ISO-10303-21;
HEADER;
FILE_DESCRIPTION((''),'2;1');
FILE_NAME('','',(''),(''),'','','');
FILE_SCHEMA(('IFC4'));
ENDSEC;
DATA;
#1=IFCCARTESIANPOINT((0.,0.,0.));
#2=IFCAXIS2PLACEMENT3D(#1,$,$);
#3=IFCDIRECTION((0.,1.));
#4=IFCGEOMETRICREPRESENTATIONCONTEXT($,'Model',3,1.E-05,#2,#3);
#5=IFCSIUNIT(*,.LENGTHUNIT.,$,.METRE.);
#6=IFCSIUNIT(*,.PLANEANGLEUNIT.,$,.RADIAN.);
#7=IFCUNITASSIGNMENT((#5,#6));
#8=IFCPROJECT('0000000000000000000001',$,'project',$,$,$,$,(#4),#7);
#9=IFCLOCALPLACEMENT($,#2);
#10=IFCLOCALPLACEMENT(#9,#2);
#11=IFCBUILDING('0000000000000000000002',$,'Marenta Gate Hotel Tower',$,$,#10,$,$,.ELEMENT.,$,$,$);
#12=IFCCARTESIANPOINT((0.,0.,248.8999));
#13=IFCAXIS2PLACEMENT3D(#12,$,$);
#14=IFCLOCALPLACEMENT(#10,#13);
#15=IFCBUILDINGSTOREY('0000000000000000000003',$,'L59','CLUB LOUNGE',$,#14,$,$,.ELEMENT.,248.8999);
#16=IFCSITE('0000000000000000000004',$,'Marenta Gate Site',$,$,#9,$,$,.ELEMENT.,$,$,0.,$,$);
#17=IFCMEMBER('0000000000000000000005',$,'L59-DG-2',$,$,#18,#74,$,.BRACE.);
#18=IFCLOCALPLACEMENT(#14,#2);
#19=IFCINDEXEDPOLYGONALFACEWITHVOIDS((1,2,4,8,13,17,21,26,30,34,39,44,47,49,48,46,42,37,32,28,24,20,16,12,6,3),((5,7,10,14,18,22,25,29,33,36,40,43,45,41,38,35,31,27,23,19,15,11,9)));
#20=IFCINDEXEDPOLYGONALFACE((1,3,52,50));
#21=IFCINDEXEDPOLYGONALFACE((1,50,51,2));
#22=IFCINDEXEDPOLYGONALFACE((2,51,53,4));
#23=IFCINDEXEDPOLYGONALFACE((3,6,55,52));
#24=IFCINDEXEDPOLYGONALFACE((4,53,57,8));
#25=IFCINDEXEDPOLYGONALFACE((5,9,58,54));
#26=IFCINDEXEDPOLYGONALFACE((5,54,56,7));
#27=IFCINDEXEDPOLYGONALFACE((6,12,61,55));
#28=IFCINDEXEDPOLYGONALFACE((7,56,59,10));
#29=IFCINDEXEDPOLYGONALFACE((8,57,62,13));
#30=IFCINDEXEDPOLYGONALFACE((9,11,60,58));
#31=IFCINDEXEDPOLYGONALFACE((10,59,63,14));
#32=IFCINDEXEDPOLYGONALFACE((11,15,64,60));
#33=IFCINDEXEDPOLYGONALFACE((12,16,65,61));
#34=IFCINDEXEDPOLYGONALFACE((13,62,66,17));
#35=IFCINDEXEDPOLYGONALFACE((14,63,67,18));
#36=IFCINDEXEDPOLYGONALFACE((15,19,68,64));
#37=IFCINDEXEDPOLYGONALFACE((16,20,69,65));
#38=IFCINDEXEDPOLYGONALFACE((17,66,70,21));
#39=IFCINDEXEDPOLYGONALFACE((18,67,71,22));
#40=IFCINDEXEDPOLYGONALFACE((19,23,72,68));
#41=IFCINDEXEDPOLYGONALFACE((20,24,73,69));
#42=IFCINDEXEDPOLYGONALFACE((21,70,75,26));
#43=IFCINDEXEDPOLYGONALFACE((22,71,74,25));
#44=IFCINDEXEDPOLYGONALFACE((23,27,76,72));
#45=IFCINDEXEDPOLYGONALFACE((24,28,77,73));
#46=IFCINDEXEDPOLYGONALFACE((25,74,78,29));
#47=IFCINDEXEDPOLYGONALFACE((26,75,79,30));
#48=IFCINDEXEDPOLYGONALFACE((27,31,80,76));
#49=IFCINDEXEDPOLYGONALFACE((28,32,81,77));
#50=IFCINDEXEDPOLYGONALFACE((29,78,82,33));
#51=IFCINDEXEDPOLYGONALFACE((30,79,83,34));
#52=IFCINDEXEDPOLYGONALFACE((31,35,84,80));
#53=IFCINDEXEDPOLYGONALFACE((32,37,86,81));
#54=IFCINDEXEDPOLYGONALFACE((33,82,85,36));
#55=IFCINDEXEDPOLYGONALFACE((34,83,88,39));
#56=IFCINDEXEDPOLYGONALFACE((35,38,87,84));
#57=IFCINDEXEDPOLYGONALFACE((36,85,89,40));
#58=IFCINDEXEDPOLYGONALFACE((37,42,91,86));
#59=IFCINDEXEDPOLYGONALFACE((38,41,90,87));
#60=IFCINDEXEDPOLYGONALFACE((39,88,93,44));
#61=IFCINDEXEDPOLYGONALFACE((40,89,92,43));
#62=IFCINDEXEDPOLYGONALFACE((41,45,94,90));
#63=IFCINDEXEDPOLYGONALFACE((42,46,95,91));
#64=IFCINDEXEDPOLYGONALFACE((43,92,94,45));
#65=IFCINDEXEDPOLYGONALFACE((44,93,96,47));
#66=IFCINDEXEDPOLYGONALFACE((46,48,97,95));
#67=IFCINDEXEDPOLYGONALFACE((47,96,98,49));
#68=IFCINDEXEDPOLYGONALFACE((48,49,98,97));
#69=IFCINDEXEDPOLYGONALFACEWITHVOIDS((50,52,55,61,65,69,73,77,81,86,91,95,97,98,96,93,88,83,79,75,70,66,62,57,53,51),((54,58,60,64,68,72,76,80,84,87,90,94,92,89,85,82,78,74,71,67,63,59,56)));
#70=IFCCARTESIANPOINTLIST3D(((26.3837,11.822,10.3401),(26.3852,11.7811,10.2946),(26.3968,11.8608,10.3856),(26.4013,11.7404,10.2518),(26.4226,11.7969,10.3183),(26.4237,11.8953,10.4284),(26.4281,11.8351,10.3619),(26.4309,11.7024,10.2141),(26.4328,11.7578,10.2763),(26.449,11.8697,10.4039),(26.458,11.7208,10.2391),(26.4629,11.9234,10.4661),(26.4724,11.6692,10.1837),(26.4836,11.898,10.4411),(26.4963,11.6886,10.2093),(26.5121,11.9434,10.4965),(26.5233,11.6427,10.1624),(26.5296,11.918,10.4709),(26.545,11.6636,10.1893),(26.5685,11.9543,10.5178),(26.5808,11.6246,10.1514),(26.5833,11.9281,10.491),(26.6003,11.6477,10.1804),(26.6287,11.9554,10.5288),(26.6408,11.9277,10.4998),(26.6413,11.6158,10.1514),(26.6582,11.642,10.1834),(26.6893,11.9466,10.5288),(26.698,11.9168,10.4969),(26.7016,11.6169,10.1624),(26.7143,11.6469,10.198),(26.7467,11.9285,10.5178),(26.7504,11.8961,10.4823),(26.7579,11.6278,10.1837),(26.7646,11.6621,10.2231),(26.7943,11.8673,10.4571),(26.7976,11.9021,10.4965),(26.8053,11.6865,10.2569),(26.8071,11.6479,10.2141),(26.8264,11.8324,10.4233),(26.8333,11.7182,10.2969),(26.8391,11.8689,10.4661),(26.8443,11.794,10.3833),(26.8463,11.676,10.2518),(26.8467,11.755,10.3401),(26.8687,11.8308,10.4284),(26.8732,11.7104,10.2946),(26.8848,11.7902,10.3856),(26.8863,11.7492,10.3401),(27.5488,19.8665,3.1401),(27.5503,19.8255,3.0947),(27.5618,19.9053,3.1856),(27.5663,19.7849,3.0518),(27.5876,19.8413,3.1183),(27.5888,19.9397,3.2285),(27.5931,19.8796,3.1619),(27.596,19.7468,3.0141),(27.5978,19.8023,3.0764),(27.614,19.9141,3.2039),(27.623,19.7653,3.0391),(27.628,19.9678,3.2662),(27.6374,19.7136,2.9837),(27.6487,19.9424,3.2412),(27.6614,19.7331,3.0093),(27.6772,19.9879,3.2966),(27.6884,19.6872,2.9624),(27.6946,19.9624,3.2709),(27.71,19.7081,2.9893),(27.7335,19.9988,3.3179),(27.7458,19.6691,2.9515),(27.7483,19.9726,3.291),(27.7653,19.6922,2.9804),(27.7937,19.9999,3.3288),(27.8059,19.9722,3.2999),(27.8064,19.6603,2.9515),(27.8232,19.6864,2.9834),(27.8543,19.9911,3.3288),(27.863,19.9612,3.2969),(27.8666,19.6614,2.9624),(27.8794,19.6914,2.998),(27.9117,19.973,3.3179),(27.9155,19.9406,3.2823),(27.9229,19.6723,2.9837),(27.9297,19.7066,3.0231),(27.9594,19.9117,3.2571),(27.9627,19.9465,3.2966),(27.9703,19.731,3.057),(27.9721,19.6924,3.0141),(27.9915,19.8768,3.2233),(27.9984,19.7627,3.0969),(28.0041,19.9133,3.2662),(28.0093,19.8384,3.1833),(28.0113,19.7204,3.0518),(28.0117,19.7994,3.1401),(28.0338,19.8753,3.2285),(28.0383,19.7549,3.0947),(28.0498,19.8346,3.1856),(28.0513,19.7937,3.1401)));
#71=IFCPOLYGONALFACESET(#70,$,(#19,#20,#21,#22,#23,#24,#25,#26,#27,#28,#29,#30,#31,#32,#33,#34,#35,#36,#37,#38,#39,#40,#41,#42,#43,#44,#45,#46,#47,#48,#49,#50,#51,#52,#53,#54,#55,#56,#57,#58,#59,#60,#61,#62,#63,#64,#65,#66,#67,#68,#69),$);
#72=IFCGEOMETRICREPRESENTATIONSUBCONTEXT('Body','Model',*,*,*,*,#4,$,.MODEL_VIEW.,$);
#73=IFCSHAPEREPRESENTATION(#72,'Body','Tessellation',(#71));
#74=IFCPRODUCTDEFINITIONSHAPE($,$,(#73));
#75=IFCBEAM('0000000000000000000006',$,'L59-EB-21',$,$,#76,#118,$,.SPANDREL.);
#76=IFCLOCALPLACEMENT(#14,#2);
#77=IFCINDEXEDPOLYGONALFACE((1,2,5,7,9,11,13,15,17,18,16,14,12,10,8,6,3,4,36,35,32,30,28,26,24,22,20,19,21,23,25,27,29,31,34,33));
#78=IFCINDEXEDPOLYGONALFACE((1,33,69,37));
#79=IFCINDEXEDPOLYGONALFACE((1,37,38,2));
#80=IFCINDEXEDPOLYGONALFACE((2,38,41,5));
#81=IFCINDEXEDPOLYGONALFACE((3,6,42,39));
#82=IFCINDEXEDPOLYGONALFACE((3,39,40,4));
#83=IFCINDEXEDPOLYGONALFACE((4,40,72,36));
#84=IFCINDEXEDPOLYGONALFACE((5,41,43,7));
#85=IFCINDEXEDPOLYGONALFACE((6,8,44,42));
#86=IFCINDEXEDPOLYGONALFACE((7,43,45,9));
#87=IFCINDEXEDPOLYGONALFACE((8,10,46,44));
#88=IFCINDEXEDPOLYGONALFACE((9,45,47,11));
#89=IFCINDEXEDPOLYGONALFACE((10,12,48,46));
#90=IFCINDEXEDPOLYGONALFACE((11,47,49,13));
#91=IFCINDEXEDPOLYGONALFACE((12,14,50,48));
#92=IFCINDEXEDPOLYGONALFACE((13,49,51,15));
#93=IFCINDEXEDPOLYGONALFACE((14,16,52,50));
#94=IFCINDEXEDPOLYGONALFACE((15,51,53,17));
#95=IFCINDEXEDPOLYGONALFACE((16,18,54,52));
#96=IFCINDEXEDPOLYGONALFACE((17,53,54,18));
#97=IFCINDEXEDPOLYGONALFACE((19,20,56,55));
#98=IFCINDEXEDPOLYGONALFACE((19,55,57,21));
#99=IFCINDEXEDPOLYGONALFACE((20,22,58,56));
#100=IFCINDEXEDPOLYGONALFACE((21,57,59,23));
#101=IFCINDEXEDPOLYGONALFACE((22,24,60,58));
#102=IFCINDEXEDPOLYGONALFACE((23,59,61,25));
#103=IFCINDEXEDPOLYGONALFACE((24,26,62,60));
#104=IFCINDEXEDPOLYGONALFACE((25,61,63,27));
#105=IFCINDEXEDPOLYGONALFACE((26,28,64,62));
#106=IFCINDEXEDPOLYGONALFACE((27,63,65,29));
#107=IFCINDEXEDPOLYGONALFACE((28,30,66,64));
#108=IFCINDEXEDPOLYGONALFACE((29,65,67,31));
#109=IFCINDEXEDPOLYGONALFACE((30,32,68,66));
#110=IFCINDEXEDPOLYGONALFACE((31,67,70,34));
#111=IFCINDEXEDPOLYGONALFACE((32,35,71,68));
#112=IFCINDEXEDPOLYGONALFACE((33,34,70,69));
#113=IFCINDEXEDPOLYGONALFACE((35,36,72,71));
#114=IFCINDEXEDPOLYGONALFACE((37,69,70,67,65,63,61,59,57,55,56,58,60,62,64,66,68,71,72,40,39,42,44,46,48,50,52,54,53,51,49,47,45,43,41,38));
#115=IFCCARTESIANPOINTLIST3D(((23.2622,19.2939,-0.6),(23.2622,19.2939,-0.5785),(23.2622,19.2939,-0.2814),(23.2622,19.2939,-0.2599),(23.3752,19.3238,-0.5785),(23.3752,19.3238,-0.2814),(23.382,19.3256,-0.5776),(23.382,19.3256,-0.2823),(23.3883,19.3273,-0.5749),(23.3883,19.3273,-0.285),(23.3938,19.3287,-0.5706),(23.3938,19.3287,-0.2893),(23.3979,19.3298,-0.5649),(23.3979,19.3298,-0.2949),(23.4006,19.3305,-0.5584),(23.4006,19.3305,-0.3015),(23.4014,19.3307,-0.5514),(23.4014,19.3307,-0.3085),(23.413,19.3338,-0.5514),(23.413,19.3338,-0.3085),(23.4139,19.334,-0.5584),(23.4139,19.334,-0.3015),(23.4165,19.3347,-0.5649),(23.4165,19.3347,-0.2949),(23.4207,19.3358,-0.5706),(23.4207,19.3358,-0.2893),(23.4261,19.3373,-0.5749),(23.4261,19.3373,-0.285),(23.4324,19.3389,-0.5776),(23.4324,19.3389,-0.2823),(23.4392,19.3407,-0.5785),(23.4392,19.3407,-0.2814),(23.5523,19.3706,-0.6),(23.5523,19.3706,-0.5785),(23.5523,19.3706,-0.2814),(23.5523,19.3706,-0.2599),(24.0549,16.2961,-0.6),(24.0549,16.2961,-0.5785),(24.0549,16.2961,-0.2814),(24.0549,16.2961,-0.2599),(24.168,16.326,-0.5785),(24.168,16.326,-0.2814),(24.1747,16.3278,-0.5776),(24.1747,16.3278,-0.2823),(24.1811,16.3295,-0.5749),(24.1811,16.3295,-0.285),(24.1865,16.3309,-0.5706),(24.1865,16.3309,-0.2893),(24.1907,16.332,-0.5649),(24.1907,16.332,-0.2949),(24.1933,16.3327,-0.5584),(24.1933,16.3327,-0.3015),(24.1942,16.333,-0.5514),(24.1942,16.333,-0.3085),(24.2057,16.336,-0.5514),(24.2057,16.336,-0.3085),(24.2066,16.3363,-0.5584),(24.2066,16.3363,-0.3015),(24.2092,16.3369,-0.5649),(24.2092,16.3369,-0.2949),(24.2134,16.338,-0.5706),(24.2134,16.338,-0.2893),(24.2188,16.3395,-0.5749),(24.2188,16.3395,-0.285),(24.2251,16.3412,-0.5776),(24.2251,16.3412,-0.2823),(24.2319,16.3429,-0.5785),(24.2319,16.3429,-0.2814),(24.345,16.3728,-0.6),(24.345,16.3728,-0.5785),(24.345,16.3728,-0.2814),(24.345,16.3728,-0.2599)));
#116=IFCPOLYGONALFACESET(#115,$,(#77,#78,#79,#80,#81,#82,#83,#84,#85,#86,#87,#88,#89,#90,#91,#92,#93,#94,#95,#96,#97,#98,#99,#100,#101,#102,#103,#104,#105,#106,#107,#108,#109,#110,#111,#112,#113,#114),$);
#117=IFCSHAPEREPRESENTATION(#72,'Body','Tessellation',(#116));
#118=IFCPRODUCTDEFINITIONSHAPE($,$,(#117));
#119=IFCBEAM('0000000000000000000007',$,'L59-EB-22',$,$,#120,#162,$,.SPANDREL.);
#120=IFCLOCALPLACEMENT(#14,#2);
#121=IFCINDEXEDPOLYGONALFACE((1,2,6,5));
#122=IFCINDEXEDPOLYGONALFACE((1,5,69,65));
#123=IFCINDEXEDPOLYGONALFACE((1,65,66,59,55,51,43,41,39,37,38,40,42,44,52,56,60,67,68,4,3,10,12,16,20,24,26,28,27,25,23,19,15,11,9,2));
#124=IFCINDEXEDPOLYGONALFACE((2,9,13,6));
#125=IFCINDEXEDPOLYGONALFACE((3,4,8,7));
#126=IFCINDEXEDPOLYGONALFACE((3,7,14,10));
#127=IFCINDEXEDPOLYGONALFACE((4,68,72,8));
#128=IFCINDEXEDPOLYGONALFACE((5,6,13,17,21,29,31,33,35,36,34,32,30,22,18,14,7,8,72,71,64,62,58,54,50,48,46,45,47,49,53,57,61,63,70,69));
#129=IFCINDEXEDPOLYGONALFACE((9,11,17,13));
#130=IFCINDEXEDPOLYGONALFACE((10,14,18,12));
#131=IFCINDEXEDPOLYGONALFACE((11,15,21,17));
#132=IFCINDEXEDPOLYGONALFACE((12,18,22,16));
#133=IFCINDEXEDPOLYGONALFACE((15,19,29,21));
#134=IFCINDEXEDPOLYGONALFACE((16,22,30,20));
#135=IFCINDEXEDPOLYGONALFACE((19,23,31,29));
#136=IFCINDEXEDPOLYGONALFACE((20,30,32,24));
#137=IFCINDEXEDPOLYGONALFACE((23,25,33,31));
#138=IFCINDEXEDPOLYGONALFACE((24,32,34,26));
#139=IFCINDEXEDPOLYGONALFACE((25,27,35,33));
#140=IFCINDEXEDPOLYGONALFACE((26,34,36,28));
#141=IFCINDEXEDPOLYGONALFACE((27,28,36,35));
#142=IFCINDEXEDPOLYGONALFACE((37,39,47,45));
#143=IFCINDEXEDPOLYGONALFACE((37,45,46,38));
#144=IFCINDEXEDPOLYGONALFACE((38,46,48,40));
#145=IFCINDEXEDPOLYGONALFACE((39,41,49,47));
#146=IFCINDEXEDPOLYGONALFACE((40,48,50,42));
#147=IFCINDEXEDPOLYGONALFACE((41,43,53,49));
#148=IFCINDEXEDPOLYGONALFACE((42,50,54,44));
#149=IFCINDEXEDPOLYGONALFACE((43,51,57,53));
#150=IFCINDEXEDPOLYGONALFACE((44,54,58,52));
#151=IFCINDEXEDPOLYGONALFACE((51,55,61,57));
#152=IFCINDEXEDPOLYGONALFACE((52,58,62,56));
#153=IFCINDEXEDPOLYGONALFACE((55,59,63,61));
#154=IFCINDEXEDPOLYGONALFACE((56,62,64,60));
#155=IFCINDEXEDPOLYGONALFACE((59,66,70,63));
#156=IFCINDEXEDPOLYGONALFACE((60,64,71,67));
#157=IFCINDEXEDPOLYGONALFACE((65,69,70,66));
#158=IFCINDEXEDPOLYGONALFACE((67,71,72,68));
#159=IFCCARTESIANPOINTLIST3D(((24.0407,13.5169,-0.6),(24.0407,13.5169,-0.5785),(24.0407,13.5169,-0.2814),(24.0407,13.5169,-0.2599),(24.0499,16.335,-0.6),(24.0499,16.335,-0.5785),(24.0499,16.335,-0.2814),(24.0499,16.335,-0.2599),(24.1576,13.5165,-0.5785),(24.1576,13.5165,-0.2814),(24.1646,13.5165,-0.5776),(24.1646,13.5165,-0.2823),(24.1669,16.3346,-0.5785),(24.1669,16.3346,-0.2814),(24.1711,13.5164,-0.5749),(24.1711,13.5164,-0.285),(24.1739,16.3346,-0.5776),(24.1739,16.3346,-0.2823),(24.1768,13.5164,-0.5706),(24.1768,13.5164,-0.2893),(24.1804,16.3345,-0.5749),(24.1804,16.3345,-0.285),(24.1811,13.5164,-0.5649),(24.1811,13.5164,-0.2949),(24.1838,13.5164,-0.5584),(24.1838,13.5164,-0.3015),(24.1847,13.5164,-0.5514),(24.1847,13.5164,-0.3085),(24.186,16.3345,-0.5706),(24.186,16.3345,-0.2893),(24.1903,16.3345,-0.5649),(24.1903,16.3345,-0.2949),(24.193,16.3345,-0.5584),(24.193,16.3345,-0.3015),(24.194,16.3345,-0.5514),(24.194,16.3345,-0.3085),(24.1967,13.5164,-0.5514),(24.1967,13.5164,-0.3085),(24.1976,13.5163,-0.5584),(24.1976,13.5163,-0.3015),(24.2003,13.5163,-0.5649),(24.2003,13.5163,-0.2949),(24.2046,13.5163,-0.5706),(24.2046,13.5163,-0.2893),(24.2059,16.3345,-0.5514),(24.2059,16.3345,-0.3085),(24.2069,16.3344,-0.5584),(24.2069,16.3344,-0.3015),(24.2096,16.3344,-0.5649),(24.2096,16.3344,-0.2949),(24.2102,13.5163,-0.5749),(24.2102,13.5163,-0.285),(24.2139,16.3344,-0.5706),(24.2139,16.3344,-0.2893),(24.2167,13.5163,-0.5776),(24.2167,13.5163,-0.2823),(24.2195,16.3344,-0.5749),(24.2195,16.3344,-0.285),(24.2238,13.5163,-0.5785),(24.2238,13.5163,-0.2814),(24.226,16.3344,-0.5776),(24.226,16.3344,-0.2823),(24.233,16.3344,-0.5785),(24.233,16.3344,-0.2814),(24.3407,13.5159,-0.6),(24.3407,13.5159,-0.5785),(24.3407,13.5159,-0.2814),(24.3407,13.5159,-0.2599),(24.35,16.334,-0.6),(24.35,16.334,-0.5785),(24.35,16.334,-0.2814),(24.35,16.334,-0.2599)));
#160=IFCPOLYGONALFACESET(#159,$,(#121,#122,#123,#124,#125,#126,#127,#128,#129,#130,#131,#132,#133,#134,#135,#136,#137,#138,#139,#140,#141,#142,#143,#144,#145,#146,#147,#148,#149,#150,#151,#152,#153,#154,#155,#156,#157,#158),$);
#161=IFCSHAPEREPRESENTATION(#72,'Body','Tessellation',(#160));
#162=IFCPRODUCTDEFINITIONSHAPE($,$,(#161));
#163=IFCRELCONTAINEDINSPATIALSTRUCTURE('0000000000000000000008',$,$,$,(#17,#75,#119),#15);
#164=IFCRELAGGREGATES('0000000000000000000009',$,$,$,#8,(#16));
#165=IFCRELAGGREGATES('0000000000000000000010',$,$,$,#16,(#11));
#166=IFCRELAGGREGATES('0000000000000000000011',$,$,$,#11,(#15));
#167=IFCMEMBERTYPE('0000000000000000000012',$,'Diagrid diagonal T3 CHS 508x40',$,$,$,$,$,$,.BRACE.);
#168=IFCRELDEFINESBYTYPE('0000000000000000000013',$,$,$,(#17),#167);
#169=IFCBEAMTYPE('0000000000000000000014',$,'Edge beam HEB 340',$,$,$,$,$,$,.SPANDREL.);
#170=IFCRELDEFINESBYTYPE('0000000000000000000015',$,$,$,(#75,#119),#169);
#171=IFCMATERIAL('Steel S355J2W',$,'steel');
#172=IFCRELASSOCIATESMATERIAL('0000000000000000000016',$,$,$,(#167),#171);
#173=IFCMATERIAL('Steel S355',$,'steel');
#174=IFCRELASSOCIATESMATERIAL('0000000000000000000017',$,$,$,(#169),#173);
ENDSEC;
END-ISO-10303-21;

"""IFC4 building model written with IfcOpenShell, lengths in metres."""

from ifc_helpers import new_model, si_unit, direction, frame, origin, origin_2d, place, context, subcontext, project, spatial, hollow_circle, i_section, extrude, material, material_profile, profile_set, type_object, element, save


model = new_model("IFC4")

# Units and contexts
model_context = context("Model", 3, precision=1e-05, world=origin(), true_north=direction((0.0, 1.0)))
body_context = subcontext(model_context, "Body", "Model", "MODEL_VIEW")
ifc_project = project(units=[si_unit("LENGTHUNIT", "METRE"), si_unit("PLANEANGLEUNIT", "RADIAN")], contexts=[model_context])

# Site, building, storey
site_placement = place(None, origin())
site = spatial("IfcSite", under=ifc_project, at=site_placement, Name="Marenta Gate Site", CompositionType="ELEMENT", RefElevation=0.0)
building_placement = place(site_placement, origin())
building = spatial("IfcBuilding", under=site, at=building_placement, Name="Marenta Gate Hotel Tower", CompositionType="ELEMENT")
storey_placement = place(building_placement, frame((0.0, 0.0, 248.8999)))
storey = spatial("IfcBuildingStorey", under=building, at=storey_placement, Name="L59", Description="CLUB LOUNGE", CompositionType="ELEMENT", Elevation=248.8999)

# Member
ifc_material_1 = material(Name="Steel S355J2W", Category="steel")
ifc_material_profile_1 = material_profile(ifc_material_1, hollow_circle(Radius=0.2539, WallThickness=0.04, at=origin_2d()), Name="CHS 508x40")
ifc_profile_set_1 = profile_set([ifc_material_profile_1], Name="Steel S355J2W")
member_type_1 = type_object("IfcMemberType", Name="Diagrid diagonal T3 CHS 508x40", PredefinedType="BRACE", material=ifc_profile_set_1)
member_1_placement = place(storey_placement, frame((27.8, 19.8301, 3.1401), z_axis=(-0.107292, -0.740834, 0.663063), x_axis=(0.989675, -0.14333, 0.0)))
element("IfcMember", 1, at=member_1_placement, inside=storey, type_object=member_type_1, Name="L59-DG-2", PredefinedType="BRACE", context=body_context, shape_type="SweptSolid", body=[
    extrude(hollow_circle(Radius=0.2539, WallThickness=0.04, at=origin_2d()), origin(), (0.0, 0.0, 1.0), 10.8586),
])

# Beams
ifc_material_2 = material(Name="Steel S355", Category="steel")
ifc_material_profile_2 = material_profile(ifc_material_2, i_section(OverallWidth=0.3, OverallDepth=0.3401, WebThickness=0.012, FlangeThickness=0.0215, FilletRadius=0.0271, at=origin_2d()), Name="HEB 340")
ifc_profile_set_2 = profile_set([ifc_material_profile_2], Name="Steel S355")
beam_type = type_object("IfcBeamType", Name="Edge beam HEB 340", PredefinedType="SPANDREL", material=ifc_profile_set_2)
beam_1_placement = place(storey_placement, frame((23.4072, 19.3323, -0.4299), z_axis=(0.255648, -0.96677, 0.0), x_axis=(0.96677, 0.255648, 0.0)))
element("IfcBeam", 2, at=beam_1_placement, inside=storey, type_object=beam_type, Name="L59-EB-21", PredefinedType="SPANDREL", context=body_context, shape_type="SweptSolid", body=[
    extrude(i_section(OverallWidth=0.3, OverallDepth=0.3401, WebThickness=0.012, FlangeThickness=0.0215, FilletRadius=0.0271, at=origin_2d()), origin(), (0.0, 0.0, 1.0), 3.1008),
])
beam_2_placement = place(storey_placement, frame((24.2, 16.3345, -0.4299), z_axis=(-0.003292, -0.999995, 0.0), x_axis=(0.999995, -0.003292, 0.0)))
element("IfcBeam", 3, at=beam_2_placement, inside=storey, type_object=beam_type, Name="L59-EB-22", PredefinedType="SPANDREL", context=body_context, shape_type="SweptSolid", body=[
    extrude(i_section(OverallWidth=0.3, OverallDepth=0.3401, WebThickness=0.012, FlangeThickness=0.0215, FilletRadius=0.0271, at=origin_2d()), origin(), (0.0, 0.0, 1.0), 2.8181),
])

save(model, "model.ifc")
